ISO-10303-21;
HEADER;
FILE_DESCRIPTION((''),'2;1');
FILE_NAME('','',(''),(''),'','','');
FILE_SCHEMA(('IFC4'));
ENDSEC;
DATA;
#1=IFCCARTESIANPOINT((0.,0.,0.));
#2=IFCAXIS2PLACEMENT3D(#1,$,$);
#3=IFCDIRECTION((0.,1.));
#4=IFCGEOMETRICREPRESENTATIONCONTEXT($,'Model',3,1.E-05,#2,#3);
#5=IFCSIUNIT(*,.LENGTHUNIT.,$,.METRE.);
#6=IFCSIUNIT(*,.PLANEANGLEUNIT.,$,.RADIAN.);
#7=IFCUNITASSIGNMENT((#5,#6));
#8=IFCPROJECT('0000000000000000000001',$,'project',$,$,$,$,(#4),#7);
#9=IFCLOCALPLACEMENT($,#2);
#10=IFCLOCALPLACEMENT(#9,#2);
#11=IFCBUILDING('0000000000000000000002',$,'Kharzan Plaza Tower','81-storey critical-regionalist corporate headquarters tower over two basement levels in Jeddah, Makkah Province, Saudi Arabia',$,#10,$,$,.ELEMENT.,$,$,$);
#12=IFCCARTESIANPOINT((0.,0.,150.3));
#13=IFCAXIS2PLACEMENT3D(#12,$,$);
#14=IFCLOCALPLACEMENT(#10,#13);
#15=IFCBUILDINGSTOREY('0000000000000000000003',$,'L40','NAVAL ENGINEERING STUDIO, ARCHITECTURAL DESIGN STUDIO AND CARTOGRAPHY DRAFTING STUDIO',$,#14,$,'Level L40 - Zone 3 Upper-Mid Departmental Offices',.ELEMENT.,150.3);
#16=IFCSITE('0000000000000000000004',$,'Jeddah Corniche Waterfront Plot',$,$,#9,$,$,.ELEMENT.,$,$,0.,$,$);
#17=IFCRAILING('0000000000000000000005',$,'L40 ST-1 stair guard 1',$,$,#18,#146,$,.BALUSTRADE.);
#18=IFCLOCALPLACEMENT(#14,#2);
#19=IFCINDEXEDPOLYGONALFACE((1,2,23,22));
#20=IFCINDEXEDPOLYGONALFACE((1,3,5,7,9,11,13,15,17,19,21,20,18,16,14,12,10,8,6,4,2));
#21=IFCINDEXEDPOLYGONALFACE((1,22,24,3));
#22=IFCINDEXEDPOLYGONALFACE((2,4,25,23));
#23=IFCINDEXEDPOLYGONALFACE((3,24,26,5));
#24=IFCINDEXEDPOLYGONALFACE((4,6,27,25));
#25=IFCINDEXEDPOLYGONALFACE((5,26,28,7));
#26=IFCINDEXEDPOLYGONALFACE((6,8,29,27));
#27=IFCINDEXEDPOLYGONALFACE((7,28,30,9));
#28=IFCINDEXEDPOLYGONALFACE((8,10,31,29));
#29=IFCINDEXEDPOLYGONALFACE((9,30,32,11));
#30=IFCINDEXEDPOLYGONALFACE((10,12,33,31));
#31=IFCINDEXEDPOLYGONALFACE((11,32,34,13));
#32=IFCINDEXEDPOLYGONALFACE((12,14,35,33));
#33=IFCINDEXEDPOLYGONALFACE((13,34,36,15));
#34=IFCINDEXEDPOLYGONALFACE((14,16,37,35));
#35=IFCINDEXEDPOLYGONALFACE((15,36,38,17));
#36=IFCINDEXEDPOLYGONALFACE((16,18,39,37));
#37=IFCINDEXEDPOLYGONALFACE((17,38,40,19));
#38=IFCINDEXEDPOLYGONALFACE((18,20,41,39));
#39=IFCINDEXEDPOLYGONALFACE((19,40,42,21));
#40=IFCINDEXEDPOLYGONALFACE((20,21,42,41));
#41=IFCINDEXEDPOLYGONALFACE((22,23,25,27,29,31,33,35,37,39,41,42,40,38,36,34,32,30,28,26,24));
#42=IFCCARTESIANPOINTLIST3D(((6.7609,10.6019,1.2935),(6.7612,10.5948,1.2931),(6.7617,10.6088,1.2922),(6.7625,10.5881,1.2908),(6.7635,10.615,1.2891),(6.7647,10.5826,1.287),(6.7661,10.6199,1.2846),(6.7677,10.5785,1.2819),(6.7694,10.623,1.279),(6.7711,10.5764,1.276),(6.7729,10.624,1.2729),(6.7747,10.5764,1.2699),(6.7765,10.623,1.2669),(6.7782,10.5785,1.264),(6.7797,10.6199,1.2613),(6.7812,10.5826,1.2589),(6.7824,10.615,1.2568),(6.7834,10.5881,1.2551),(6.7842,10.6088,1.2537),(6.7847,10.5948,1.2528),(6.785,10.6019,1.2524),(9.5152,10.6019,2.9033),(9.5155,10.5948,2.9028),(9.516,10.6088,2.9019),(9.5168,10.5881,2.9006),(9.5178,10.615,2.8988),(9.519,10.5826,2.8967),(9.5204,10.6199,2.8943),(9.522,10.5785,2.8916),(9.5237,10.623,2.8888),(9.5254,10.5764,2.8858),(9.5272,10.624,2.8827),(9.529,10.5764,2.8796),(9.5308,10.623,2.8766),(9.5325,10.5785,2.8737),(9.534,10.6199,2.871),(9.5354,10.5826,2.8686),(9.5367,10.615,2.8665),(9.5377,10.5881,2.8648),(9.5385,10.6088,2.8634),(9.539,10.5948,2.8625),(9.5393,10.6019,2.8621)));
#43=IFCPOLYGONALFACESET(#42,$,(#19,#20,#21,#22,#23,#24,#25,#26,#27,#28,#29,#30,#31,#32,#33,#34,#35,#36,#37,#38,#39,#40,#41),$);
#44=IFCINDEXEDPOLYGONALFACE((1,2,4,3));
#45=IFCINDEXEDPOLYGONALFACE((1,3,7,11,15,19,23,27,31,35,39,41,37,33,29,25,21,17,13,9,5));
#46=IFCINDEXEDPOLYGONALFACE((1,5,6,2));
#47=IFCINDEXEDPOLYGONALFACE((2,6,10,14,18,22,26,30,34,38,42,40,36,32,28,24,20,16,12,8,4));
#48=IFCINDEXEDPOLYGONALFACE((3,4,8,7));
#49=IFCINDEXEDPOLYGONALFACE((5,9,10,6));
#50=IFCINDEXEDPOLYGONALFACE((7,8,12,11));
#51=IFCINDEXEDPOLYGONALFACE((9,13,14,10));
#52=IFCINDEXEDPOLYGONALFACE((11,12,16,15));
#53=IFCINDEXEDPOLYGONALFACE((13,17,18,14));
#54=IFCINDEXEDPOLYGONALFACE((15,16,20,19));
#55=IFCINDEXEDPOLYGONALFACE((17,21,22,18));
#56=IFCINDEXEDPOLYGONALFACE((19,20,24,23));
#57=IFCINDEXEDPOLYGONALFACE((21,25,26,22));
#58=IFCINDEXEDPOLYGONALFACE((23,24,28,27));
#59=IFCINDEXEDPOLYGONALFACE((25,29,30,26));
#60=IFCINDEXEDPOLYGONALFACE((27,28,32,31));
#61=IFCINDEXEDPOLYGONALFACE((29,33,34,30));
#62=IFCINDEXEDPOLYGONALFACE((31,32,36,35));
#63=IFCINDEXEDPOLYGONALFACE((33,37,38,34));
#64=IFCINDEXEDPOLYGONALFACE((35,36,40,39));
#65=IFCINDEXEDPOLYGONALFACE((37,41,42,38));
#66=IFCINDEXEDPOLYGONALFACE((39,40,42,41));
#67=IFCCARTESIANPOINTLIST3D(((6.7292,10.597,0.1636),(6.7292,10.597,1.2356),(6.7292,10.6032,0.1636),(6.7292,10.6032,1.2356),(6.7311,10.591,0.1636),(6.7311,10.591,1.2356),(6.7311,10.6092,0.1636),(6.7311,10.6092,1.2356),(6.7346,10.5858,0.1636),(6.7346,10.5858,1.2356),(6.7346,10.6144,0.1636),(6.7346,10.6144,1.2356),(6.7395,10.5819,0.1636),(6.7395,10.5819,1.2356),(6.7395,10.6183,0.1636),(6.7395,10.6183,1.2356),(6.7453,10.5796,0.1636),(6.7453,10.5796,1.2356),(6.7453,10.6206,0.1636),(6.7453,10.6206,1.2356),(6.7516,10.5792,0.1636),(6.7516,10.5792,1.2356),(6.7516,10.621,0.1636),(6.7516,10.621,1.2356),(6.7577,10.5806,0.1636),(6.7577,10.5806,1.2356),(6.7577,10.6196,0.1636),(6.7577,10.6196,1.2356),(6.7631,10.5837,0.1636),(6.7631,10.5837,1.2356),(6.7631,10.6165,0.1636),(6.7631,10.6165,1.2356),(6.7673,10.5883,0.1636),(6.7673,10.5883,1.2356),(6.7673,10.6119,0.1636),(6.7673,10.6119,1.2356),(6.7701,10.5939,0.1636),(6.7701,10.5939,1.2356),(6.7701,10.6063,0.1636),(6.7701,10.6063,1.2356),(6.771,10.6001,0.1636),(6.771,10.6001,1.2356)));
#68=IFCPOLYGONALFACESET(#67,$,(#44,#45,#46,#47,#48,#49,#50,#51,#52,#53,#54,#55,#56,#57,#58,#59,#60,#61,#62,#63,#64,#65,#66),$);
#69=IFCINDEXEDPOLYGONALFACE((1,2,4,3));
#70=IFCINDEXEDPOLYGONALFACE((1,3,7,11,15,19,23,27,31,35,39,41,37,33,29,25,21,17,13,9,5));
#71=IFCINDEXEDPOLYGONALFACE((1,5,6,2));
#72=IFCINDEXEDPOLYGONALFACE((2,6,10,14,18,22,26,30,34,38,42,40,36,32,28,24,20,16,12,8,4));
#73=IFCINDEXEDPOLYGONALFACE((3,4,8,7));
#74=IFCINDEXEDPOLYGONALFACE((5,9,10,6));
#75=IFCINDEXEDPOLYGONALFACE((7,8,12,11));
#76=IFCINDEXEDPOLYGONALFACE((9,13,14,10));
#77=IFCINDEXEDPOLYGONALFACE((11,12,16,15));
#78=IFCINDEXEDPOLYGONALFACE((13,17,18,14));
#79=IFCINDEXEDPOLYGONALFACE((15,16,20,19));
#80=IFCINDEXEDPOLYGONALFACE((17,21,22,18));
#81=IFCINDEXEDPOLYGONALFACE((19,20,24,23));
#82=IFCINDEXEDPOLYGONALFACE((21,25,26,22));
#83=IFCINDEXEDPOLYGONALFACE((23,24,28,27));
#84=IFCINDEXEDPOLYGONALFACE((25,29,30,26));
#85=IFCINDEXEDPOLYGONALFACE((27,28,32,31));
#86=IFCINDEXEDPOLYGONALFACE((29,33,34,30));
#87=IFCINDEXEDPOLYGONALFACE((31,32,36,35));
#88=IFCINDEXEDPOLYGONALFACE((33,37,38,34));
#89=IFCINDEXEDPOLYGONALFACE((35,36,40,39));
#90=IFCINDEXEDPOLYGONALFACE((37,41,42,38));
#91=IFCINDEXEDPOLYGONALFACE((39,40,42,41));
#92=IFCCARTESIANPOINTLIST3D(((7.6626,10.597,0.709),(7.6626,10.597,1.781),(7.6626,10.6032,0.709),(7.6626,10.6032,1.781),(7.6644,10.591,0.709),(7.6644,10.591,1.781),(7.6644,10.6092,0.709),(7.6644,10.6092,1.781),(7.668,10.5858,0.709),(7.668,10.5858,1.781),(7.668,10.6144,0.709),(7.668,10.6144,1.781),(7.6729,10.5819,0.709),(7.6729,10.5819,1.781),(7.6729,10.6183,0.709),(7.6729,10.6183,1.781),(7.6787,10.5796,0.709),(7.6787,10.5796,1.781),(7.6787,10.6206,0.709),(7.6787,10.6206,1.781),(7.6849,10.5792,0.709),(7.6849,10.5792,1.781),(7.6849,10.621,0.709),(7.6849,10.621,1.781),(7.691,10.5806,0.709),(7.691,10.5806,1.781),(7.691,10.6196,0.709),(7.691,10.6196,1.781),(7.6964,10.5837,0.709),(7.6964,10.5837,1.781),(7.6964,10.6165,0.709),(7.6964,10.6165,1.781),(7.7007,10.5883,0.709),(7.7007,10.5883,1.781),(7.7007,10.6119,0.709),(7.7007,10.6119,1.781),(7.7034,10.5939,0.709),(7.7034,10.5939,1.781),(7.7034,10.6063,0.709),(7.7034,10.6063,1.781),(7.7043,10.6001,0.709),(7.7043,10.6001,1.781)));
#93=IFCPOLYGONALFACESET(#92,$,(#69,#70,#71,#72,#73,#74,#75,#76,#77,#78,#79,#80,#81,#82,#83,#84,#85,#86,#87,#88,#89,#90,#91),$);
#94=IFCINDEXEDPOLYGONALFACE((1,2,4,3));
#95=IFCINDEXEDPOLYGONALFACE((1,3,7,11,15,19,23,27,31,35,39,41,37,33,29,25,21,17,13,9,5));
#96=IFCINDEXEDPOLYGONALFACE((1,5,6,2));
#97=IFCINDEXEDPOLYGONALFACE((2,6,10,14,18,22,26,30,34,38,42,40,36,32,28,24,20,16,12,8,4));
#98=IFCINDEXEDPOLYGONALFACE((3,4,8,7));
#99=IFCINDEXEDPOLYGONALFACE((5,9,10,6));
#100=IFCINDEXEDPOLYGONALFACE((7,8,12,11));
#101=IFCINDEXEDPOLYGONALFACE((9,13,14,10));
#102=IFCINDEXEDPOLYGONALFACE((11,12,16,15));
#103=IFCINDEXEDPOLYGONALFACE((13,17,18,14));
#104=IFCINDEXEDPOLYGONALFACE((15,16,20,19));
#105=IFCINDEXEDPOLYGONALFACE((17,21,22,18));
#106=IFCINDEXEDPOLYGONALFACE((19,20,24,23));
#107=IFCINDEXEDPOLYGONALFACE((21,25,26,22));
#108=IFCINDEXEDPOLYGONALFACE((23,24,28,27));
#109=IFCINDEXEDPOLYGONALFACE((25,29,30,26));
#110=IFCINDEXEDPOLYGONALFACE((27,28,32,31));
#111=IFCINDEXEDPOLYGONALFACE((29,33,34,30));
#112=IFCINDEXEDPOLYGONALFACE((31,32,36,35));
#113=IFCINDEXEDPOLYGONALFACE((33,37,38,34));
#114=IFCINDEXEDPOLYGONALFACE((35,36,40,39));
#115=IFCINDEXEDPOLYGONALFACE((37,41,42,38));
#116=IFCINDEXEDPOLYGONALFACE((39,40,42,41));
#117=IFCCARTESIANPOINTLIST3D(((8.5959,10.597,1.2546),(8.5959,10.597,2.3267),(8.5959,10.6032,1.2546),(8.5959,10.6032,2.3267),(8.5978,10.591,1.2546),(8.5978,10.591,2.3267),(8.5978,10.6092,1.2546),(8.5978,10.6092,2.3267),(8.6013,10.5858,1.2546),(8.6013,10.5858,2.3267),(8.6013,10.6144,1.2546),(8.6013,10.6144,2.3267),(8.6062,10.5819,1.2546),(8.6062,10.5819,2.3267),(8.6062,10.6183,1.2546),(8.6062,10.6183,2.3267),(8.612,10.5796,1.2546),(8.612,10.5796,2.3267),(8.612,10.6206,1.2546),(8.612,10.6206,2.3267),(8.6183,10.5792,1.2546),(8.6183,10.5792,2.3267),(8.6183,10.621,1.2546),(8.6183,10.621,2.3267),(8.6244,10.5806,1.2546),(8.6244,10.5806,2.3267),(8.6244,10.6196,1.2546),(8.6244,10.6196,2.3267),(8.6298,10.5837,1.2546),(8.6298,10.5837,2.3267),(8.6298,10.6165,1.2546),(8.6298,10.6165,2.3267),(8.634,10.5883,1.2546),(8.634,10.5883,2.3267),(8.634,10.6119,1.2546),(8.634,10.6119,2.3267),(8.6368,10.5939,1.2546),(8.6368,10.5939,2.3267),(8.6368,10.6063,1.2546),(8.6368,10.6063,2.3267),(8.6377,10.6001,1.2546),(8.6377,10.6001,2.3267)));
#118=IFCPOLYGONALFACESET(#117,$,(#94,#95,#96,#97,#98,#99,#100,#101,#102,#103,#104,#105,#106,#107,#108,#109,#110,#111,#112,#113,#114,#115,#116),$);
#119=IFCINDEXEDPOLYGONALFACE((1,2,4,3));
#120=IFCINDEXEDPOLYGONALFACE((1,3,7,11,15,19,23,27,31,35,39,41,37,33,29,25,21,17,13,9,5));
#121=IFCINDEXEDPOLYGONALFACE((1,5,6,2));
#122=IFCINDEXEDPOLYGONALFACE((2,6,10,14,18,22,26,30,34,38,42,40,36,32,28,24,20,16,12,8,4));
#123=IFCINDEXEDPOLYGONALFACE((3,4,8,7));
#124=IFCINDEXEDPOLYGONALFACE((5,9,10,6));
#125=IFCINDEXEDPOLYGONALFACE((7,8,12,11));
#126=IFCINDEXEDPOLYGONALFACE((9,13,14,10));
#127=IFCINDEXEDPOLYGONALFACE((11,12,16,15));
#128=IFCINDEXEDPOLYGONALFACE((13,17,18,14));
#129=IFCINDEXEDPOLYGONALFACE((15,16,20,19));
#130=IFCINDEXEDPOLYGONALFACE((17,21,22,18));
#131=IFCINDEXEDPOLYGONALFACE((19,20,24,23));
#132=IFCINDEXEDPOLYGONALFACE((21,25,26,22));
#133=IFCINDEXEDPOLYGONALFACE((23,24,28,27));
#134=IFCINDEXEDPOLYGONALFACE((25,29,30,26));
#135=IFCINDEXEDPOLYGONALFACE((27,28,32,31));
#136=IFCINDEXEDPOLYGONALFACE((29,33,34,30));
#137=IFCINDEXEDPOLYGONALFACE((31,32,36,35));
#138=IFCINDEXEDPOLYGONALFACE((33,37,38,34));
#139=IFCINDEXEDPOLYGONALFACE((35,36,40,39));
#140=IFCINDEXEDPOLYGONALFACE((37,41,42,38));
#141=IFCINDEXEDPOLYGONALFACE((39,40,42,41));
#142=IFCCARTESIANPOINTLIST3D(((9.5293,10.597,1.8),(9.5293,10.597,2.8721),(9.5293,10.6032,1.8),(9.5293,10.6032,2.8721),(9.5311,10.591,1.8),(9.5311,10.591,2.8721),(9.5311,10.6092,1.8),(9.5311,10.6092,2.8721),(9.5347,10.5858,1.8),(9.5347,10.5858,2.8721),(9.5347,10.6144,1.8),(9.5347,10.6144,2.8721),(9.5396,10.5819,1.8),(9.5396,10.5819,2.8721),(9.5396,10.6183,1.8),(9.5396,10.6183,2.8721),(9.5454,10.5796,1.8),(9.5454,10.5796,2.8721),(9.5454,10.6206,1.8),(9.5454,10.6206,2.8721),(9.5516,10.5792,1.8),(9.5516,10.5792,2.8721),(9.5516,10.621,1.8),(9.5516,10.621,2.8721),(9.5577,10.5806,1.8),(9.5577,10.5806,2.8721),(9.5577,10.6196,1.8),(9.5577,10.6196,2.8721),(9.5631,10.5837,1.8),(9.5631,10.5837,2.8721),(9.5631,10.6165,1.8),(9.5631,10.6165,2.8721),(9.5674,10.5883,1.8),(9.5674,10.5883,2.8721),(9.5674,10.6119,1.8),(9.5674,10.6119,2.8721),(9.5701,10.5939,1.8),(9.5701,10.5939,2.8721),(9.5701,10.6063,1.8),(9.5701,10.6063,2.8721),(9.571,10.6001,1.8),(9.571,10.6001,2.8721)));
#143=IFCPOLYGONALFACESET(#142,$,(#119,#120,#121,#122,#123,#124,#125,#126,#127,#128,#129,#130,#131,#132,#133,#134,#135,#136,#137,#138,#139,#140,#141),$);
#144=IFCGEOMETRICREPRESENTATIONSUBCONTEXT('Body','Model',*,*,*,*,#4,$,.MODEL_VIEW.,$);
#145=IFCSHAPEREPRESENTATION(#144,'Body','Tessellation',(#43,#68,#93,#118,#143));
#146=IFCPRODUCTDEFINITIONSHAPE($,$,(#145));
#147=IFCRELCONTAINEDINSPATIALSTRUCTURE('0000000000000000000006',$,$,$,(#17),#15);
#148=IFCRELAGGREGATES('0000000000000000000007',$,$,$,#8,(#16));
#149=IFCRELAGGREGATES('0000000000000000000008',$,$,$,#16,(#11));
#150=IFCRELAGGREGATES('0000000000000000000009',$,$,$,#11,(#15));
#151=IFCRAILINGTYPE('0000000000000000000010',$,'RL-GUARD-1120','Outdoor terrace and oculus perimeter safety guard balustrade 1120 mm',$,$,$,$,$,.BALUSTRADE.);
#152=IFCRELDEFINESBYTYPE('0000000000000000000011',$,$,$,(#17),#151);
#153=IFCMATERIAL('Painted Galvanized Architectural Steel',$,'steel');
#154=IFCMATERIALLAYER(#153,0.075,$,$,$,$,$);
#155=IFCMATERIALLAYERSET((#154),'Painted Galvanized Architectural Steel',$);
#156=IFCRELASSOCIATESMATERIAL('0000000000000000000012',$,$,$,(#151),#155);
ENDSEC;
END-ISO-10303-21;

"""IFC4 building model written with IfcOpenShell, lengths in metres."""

from ifc_helpers import new_model, si_unit, direction, frame, origin, origin_2d, place, context, subcontext, project, spatial, circle, extrude, source, transform, mapped, material, layer, layer_set, type_object, element, save


model = new_model("IFC4")

# Units and contexts
model_context = context("Model", 3, precision=1e-05, world=origin(), true_north=direction((0.0, 1.0)))
body_context = subcontext(model_context, "Body", "Model", "MODEL_VIEW")
ifc_project = project(units=[si_unit("LENGTHUNIT", "METRE"), si_unit("PLANEANGLEUNIT", "RADIAN")], contexts=[model_context])

# Site, building, storey
site_placement = place(None, origin())
site = spatial("IfcSite", under=ifc_project, at=site_placement, Name="Jeddah Corniche Waterfront Plot", CompositionType="ELEMENT", RefElevation=0.0)
building_placement = place(site_placement, origin())
building = spatial("IfcBuilding", under=site, at=building_placement, Name="Kharzan Plaza Tower", Description="81-storey critical-regionalist corporate headquarters tower over two basement levels in Jeddah, Makkah Province, Saudi Arabia", CompositionType="ELEMENT")
storey_placement = place(building_placement, frame((0.0, 0.0, 150.3)))
storey = spatial("IfcBuildingStorey", under=building, at=storey_placement, Name="L40", Description="NAVAL ENGINEERING STUDIO, ARCHITECTURAL DESIGN STUDIO AND CARTOGRAPHY DRAFTING STUDIO", LongName="Level L40 - Zone 3 Upper-Mid Departmental Offices", CompositionType="ELEMENT", Elevation=150.3)

# Shared definitions
ifc_material_1 = material(Name="Painted Galvanized Architectural Steel", Category="steel")
ifc_layer_1 = layer(ifc_material_1, 0.075)
ifc_layer_set_1 = layer_set([ifc_layer_1], Name="Painted Galvanized Architectural Steel")
railing_type_1 = type_object("IfcRailingType", Name="RL-GUARD-1120", Description="Outdoor terrace and oculus perimeter safety guard balustrade 1120 mm", PredefinedType="BALUSTRADE", material=ifc_layer_set_1)

# Railing
shared_shape_1 = source(origin(), body_context, "Body", "SweptSolid", [
    extrude(circle(Radius=0.0239, at=origin_2d()), frame((0.0229, 0.0, 1.1094), z_axis=(0.863361, 0.0, 0.504587), x_axis=(0.0, 1.0, 0.0)), (0.0, 0.0, 1.0), 3.1902),
    extrude(circle(Radius=0.021, at=origin_2d()), origin(), (0.0, 0.0, 1.0), 1.072),
    extrude(circle(Radius=0.021, at=origin_2d()), frame((0.9333, 0.0, 0.5454)), (0.0, 0.0, 1.0), 1.072),
    extrude(circle(Radius=0.021, at=origin_2d()), frame((1.8667, 0.0, 1.0911)), (0.0, 0.0, 1.0), 1.072),
    extrude(circle(Radius=0.021, at=origin_2d()), frame((2.8, 0.0, 1.6365)), (0.0, 0.0, 1.0), 1.072),
])
railing_1_placement = place(storey_placement, frame((6.75, 10.6001, 0.1636)))
element("IfcRailing", 1, at=railing_1_placement, inside=storey, type_object=railing_type_1, Name="L40 ST-1 stair guard 1", PredefinedType="BALUSTRADE", context=body_context, shape_type="MappedRepresentation", body=[
    mapped(shared_shape_1, transform((0.0, 0.0, 0.0), x_axis=(1.0, 0.0, 0.0), y_axis=(0.0, 1.0, 0.0), z_axis=(0.0, 0.0, 1.0))),
])

save(model, "model.ifc")
